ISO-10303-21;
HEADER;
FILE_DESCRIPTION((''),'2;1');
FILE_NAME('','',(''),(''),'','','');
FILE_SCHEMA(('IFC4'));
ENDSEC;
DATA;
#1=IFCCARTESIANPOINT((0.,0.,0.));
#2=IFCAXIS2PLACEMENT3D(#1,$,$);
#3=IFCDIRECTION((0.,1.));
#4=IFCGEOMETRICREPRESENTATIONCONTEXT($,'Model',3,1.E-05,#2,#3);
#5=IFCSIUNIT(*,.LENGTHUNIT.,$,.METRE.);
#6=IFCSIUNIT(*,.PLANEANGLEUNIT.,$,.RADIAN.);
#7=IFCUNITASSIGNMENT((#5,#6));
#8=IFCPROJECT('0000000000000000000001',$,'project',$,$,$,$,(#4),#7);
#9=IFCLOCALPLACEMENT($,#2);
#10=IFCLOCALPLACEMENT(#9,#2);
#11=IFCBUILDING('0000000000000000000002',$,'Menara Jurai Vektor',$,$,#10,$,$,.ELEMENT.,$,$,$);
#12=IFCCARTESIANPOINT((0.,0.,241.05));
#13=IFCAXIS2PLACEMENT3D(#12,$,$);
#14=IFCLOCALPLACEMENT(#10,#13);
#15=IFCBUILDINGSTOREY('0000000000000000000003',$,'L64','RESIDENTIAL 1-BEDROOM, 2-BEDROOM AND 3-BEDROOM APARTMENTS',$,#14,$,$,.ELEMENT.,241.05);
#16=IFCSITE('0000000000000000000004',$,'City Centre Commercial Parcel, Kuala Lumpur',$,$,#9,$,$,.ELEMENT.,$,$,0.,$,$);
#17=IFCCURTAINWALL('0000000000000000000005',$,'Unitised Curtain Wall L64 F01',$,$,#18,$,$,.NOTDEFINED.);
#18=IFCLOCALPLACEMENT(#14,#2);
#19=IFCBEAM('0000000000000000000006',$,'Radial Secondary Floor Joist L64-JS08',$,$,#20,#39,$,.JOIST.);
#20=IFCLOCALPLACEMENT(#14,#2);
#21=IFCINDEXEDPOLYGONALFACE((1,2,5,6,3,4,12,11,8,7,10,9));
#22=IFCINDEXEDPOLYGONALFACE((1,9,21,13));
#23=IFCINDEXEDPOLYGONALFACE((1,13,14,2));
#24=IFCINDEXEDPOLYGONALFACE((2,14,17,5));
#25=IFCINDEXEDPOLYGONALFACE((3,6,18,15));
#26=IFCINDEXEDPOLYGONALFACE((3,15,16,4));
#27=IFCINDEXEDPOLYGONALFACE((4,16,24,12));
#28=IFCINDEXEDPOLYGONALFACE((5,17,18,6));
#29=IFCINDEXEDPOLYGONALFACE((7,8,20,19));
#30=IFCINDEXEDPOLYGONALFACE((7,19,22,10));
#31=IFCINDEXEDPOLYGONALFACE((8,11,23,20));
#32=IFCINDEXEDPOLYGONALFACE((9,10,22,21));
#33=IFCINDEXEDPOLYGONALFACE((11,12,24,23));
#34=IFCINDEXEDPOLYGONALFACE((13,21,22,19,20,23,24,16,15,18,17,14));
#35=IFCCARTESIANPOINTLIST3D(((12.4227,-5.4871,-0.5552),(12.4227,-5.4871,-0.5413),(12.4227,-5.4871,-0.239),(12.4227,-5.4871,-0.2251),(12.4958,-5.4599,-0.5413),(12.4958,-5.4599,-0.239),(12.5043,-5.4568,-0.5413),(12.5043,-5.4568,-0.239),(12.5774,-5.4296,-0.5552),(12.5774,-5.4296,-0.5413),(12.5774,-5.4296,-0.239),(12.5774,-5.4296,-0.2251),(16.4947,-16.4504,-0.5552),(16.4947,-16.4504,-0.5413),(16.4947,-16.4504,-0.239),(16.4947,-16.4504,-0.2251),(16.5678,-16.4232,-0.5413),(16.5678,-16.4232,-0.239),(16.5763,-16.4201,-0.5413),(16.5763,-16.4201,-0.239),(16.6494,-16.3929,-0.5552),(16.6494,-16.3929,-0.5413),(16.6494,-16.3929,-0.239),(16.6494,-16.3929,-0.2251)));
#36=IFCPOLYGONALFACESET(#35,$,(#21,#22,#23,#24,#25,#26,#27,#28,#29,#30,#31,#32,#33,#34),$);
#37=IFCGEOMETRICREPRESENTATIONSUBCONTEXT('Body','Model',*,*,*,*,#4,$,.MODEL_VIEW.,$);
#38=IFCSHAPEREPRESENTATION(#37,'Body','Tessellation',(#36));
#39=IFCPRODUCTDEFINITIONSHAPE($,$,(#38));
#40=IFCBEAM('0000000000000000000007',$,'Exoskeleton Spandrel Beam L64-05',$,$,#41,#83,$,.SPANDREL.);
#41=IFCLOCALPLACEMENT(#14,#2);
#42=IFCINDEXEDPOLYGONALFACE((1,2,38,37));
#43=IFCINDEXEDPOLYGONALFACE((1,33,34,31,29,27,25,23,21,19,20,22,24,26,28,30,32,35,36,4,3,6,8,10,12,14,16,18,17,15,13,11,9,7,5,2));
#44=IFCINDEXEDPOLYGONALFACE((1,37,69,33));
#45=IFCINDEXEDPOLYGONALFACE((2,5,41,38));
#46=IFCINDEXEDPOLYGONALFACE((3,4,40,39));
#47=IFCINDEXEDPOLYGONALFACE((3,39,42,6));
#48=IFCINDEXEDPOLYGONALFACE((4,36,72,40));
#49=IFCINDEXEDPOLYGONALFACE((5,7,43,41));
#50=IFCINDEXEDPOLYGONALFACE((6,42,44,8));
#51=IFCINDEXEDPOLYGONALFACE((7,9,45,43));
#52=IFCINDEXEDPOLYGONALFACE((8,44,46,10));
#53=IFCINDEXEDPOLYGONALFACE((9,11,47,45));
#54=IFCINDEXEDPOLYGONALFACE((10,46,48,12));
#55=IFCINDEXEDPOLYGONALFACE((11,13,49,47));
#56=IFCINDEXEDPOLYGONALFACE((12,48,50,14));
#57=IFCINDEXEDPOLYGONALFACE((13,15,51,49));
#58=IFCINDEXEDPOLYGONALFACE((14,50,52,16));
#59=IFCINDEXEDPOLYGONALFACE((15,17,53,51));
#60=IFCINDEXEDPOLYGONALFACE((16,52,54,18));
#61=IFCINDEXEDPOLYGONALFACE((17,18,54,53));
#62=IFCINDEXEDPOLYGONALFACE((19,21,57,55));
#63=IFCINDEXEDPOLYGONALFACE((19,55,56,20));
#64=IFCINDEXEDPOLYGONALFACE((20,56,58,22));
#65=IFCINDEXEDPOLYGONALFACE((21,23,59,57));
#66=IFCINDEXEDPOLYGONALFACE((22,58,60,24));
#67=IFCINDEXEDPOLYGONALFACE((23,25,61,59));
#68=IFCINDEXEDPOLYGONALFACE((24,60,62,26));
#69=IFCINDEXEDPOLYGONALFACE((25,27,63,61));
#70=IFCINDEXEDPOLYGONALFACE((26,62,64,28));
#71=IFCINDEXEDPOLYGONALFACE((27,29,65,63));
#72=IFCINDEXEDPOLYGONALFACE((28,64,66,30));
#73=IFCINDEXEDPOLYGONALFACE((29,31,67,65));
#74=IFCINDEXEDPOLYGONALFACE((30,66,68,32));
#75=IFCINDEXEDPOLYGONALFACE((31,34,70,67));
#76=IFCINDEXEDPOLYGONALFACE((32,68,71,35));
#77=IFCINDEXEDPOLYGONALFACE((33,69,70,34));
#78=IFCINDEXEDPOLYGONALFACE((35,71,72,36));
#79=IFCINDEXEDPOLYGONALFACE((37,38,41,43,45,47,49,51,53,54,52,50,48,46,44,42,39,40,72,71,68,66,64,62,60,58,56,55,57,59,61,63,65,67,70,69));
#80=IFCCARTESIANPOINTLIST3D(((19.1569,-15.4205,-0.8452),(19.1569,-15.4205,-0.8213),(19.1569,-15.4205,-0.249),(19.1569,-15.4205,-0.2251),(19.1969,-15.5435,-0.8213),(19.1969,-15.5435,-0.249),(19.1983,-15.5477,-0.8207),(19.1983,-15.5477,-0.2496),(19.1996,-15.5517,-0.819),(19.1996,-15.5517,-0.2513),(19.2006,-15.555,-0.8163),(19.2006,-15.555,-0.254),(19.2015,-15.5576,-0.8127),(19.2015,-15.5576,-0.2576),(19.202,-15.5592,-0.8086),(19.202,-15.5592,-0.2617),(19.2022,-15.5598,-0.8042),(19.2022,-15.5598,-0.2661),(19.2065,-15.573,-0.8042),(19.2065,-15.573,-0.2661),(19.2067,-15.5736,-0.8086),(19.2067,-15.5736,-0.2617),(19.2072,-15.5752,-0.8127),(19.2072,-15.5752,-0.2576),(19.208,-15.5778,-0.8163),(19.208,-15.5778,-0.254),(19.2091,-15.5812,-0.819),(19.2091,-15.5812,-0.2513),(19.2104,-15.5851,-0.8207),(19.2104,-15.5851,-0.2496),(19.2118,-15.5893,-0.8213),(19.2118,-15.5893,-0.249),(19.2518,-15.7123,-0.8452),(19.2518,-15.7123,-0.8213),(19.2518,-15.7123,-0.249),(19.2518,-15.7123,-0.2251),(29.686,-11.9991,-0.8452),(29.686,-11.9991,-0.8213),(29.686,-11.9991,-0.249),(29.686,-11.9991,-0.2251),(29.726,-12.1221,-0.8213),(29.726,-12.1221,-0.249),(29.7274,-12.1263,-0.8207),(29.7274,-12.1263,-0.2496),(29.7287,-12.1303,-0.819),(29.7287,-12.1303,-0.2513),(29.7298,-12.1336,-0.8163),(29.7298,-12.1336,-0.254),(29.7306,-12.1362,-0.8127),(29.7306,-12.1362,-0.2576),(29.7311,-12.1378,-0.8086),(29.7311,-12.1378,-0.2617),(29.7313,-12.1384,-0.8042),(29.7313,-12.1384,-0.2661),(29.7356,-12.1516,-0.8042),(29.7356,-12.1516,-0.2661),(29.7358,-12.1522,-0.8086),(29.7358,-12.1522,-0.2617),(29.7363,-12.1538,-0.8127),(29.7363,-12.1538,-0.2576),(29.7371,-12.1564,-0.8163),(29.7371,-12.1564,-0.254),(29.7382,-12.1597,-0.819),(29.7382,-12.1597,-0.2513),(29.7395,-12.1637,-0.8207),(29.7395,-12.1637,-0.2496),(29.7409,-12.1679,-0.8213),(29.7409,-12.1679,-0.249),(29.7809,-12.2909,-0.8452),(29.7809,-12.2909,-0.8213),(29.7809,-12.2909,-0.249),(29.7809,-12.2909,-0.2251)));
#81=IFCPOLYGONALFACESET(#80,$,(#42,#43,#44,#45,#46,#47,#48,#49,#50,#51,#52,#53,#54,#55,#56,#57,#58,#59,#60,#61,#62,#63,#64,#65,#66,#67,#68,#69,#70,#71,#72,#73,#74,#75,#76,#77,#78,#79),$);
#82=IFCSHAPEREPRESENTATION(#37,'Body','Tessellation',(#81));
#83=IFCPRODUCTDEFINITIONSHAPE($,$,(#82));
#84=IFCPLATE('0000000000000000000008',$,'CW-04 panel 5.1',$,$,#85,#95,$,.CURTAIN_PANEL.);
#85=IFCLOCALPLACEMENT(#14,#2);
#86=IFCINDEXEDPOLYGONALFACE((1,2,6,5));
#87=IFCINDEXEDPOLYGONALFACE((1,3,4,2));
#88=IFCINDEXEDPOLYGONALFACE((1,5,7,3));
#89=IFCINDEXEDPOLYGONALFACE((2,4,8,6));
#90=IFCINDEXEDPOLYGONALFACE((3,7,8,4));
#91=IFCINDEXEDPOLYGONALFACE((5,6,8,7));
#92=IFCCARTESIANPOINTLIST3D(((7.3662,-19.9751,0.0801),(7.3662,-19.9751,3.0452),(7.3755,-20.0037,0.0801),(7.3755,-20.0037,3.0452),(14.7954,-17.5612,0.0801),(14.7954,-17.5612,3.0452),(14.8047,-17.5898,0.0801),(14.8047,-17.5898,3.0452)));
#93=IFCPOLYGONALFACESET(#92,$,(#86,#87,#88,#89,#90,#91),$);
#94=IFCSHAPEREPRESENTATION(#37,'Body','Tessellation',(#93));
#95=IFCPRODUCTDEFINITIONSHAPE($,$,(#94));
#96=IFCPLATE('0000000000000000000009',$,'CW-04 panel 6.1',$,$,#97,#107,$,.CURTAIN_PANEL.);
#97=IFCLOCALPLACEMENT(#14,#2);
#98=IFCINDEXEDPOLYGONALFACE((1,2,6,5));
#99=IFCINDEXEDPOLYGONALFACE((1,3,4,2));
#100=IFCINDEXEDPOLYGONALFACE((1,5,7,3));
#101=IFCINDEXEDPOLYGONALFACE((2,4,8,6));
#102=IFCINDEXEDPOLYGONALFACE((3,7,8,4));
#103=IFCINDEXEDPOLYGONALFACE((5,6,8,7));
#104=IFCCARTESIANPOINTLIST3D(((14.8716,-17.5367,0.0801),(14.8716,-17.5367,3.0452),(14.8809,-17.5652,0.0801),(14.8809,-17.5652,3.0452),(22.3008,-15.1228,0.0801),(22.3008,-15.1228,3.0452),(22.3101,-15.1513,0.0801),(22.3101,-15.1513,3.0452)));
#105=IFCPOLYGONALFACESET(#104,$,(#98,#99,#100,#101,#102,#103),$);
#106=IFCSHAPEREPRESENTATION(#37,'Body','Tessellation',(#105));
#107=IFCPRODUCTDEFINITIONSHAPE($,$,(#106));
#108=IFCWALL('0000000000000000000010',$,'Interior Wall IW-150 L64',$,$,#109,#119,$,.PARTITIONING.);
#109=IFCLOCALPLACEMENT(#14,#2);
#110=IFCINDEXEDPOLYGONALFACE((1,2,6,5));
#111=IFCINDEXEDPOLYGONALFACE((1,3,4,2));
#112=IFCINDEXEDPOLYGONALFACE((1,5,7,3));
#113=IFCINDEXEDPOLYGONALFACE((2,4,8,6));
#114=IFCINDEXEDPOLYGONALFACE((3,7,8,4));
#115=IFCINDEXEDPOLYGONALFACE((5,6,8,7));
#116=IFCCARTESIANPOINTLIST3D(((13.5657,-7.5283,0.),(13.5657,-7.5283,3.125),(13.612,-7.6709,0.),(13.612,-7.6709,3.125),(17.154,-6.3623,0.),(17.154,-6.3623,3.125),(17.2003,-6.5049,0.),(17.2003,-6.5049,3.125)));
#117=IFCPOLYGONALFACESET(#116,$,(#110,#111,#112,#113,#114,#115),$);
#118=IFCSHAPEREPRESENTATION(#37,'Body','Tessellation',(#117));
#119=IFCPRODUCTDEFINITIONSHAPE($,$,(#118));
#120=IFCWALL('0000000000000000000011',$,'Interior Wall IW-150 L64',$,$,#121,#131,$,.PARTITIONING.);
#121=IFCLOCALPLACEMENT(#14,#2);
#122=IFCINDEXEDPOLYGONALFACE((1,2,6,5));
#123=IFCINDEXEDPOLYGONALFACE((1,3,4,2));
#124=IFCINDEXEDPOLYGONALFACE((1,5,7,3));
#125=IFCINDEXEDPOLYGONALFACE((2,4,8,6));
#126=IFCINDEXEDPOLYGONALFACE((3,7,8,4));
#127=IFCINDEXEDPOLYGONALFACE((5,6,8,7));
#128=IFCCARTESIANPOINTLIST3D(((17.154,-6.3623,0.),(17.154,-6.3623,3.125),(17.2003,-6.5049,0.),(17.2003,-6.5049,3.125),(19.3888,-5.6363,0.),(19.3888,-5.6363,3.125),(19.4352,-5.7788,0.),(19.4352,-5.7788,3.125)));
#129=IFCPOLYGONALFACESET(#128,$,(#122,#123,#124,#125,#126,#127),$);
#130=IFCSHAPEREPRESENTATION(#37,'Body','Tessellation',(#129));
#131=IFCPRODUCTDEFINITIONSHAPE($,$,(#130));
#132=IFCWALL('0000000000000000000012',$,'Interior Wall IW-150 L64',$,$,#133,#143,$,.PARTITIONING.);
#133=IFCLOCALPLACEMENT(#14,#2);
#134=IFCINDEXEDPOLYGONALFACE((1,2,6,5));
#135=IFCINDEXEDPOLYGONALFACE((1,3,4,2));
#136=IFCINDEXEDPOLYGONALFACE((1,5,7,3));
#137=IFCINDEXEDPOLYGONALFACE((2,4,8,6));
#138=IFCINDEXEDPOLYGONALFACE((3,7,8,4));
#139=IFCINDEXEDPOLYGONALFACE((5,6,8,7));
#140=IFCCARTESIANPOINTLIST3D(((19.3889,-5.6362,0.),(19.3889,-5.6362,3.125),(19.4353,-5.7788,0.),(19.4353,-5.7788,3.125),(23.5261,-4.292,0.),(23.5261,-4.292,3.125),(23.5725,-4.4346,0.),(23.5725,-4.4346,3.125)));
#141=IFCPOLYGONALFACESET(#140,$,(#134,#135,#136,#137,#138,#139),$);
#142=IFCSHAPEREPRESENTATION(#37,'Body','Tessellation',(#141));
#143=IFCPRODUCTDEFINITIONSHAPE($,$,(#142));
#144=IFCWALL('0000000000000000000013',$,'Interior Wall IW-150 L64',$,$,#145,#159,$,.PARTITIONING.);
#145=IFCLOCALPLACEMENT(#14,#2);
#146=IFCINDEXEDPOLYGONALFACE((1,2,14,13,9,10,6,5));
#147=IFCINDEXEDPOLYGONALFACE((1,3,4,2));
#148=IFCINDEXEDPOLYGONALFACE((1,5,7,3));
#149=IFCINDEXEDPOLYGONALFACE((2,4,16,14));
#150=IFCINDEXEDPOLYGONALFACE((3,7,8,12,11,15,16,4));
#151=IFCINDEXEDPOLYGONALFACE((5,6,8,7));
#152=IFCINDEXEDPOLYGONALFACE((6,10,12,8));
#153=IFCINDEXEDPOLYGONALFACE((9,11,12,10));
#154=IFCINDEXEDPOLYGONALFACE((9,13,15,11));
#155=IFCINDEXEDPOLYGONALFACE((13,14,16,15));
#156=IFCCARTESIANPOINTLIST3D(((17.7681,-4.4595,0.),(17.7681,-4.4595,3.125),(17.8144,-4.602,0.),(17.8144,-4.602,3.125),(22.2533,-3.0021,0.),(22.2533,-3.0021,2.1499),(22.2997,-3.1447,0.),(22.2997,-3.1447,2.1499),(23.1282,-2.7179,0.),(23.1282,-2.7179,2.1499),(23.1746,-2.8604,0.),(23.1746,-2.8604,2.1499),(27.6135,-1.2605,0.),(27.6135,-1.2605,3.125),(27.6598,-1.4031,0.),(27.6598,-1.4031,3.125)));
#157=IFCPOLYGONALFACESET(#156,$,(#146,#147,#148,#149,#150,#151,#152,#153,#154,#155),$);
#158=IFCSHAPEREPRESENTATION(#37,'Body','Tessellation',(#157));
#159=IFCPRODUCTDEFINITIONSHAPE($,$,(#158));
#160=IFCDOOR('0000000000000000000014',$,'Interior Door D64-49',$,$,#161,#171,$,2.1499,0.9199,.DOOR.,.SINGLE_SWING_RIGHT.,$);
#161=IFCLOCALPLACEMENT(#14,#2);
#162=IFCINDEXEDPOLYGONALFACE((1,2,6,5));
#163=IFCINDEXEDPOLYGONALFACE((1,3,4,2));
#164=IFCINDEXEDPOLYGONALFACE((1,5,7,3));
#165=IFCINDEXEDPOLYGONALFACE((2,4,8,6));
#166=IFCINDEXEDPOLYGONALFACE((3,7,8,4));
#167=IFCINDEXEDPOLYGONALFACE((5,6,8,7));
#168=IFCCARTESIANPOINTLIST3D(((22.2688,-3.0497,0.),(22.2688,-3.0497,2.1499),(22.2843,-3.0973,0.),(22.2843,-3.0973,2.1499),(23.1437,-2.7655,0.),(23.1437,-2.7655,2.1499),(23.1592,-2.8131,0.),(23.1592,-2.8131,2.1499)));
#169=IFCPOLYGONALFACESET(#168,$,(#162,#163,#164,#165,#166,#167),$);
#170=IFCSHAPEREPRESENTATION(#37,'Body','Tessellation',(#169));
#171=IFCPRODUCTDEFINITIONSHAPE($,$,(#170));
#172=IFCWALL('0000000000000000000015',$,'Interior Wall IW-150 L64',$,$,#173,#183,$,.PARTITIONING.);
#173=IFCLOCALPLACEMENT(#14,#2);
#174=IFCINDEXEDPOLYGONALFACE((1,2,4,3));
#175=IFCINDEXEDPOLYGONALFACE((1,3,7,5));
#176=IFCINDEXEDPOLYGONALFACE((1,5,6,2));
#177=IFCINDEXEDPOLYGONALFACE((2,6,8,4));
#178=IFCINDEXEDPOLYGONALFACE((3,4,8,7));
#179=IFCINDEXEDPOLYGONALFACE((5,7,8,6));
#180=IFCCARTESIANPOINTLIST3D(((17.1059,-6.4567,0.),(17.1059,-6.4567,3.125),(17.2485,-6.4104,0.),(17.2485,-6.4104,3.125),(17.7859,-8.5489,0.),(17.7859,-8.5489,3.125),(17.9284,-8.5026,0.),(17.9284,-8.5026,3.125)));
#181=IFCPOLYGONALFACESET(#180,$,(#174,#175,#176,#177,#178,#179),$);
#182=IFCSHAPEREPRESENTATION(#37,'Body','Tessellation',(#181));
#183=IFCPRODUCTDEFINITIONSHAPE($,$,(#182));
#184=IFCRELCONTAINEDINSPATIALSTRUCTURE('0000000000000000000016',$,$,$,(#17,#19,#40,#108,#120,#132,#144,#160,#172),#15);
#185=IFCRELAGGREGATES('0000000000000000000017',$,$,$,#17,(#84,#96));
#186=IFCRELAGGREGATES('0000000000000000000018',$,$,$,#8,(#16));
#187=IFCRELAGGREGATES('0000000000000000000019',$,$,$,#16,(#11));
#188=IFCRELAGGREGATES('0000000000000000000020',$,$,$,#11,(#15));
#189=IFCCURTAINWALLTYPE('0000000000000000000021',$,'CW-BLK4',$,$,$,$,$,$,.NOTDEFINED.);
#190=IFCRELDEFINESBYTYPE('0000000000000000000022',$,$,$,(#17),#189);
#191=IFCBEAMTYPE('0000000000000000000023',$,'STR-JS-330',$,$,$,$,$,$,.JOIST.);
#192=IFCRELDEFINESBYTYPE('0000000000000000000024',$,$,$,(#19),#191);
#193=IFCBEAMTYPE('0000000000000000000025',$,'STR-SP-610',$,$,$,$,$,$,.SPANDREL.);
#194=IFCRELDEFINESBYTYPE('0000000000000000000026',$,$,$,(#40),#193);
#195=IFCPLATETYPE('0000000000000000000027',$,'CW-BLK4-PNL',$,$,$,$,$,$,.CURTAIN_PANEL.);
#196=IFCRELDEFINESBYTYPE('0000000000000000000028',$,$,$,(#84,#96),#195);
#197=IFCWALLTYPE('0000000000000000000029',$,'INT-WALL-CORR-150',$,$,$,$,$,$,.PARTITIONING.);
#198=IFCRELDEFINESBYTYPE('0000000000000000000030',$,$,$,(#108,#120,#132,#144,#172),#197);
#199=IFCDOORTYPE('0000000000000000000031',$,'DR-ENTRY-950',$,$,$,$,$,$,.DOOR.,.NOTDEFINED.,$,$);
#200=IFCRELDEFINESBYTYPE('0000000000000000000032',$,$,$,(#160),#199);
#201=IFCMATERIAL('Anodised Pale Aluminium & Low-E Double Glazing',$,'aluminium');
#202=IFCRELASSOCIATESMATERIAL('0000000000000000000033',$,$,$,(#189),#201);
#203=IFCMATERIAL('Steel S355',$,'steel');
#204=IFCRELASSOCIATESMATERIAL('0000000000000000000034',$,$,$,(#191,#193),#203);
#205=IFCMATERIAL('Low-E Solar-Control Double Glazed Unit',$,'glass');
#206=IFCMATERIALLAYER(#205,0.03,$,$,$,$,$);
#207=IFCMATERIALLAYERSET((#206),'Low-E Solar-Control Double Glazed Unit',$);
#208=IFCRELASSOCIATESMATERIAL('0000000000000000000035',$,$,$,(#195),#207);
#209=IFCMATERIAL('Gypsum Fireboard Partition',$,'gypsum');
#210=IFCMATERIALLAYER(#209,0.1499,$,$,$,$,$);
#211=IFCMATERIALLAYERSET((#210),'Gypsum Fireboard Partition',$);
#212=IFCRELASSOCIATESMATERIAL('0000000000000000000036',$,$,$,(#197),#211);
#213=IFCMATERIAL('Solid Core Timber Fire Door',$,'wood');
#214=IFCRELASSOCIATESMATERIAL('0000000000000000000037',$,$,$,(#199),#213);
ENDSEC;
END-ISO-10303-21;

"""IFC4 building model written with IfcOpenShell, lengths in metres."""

from ifc_helpers import new_model, si_unit, direction, frame, frame_2d, origin, origin_2d, place, context, subcontext, project, spatial, rectangle, i_section, extrude, material, layer, layer_set, material_profile, profile_set, type_object, element, fill, aggregate, save


model = new_model("IFC4")

# Units and contexts
model_context = context("Model", 3, precision=1e-05, world=origin(), true_north=direction((0.0, 1.0)))
body_context = subcontext(model_context, "Body", "Model", "MODEL_VIEW")
ifc_project = project(units=[si_unit("LENGTHUNIT", "METRE"), si_unit("PLANEANGLEUNIT", "RADIAN")], contexts=[model_context])

# Site, building, storey
site_placement = place(None, origin())
site = spatial("IfcSite", under=ifc_project, at=site_placement, Name="City Centre Commercial Parcel, Kuala Lumpur", CompositionType="ELEMENT", RefElevation=0.0)
building_placement = place(site_placement, origin())
building = spatial("IfcBuilding", under=site, at=building_placement, Name="Menara Jurai Vektor", CompositionType="ELEMENT")
storey_placement = place(building_placement, frame((0.0, 0.0, 241.05)))
storey = spatial("IfcBuildingStorey", under=building, at=storey_placement, Name="L64", Description="RESIDENTIAL 1-BEDROOM, 2-BEDROOM AND 3-BEDROOM APARTMENTS", CompositionType="ELEMENT", Elevation=241.05)

# Curtain wall
ifc_material_1 = material(Name="Anodised Pale Aluminium & Low-E Double Glazing", Category="aluminium")
curtain_wall_type = type_object("IfcCurtainWallType", Name="CW-BLK4", PredefinedType="NOTDEFINED", material=ifc_material_1)
curtain_wall_placement = place(storey_placement, origin())
curtain_wall = element("IfcCurtainWall", 1, at=curtain_wall_placement, inside=storey, type_object=curtain_wall_type, Name="Unitised Curtain Wall L64 F01", PredefinedType="NOTDEFINED")

# Beams
ifc_material_2 = material(Name="Steel S355", Category="steel")
ifc_material_profile_1 = material_profile(ifc_material_2, i_section(OverallWidth=0.165, OverallDepth=0.3301, WebThickness=0.009, FlangeThickness=0.0139, at=origin_2d()), Name="PG 330x165x46")
ifc_profile_set_1 = profile_set([ifc_material_profile_1], Name="Steel S355")
beam_type_1 = type_object("IfcBeamType", Name="STR-JS-330", PredefinedType="JOIST", material=ifc_profile_set_1)
beam_1_placement = place(storey_placement, frame((16.572, -16.4216, -0.3901), z_axis=(-0.34818, 0.937428, 0.0), x_axis=(-0.937428, -0.34818, 0.0)))
element("IfcBeam", 2, at=beam_1_placement, inside=storey, type_object=beam_type_1, Name="Radial Secondary Floor Joist L64-JS08", PredefinedType="JOIST", context=body_context, shape_type="SweptSolid", body=[
    extrude(i_section(OverallWidth=0.165, OverallDepth=0.3301, WebThickness=0.009, FlangeThickness=0.0139, at=origin_2d()), origin(), (0.0, 0.0, 1.0), 11.6951),
])
ifc_material_profile_2 = material_profile(ifc_material_2, i_section(OverallWidth=0.3069, OverallDepth=0.6201, WebThickness=0.0139, FlangeThickness=0.0239, FilletRadius=0.0171, at=origin_2d()), Name="UKB 610x305x179")
ifc_profile_set_2 = profile_set([ifc_material_profile_2], Name="Steel S355")
beam_type_2 = type_object("IfcBeamType", Name="STR-SP-610", PredefinedType="SPANDREL", material=ifc_profile_set_2)
beam_2_placement = place(storey_placement, frame((19.2043, -15.5664, -0.5352), z_axis=(0.951049, 0.309041, 0.0), x_axis=(-0.309041, 0.951049, 0.0)))
element("IfcBeam", 3, at=beam_2_placement, inside=storey, type_object=beam_type_2, Name="Exoskeleton Spandrel Beam L64-05", PredefinedType="SPANDREL", context=body_context, shape_type="SweptSolid", body=[
    extrude(i_section(OverallWidth=0.3069, OverallDepth=0.6201, WebThickness=0.0139, FlangeThickness=0.0239, FilletRadius=0.0171, at=origin_2d()), origin(), (0.0, 0.0, 1.0), 11.071),
])

# Plates
ifc_material_3 = material(Name="Low-E Solar-Control Double Glazed Unit", Category="glass")
ifc_layer_1 = layer(ifc_material_3, 0.03)
ifc_layer_set_1 = layer_set([ifc_layer_1], Name="Low-E Solar-Control Double Glazed Unit")
plate_type = type_object("IfcPlateType", Name="CW-BLK4-PNL", PredefinedType="CURTAIN_PANEL", material=ifc_layer_set_1)
plate_1_placement = place(storey_placement, frame((11.0854, -18.7825, 0.0801), z_axis=(0.0, 0.0, 1.0), x_axis=(0.951056, 0.309017, 0.0)))
plate_1 = element("IfcPlate", 4, at=plate_1_placement, type_object=plate_type, Name="CW-04 panel 5.1", PredefinedType="CURTAIN_PANEL", context=body_context, shape_type="SweptSolid", body=[
    extrude(rectangle(XDim=7.8115, YDim=0.03, at=origin_2d()), origin(), (0.0, 0.0, 1.0), 2.9651),
])
plate_2_placement = place(storey_placement, frame((18.5908, -16.344, 0.0801), z_axis=(0.0, 0.0, 1.0), x_axis=(0.951056, 0.309017, 0.0)))
plate_2 = element("IfcPlate", 5, at=plate_2_placement, type_object=plate_type, Name="CW-04 panel 6.1", PredefinedType="CURTAIN_PANEL", context=body_context, shape_type="SweptSolid", body=[
    extrude(rectangle(XDim=7.8115, YDim=0.03, at=origin_2d()), origin(), (0.0, 0.0, 1.0), 2.9651),
])
aggregate(curtain_wall, [plate_1, plate_2])

# Walls
ifc_material_4 = material(Name="Gypsum Fireboard Partition", Category="gypsum")
ifc_layer_2 = layer(ifc_material_4, 0.1499)
ifc_layer_set_2 = layer_set([ifc_layer_2], Name="Gypsum Fireboard Partition")
wall_type_1 = type_object("IfcWallType", Name="INT-WALL-CORR-150", PredefinedType="PARTITIONING", material=ifc_layer_set_2)
wall_1_placement = place(storey_placement, frame((13.5889, -7.5996, 0.0), z_axis=(0.0, 0.0, 1.0), x_axis=(0.95105, 0.309036, 0.0)))
element("IfcWall", 6, at=wall_1_placement, inside=storey, type_object=wall_type_1, Name="Interior Wall IW-150 L64", PredefinedType="PARTITIONING", context=body_context, shape_type="SweptSolid", body=[
    extrude(rectangle(XDim=3.7729, YDim=0.1499, at=frame_2d((1.8865, 0.0))), origin(), (0.0, 0.0, 1.0), 3.125),
])
wall_2_placement = place(storey_placement, frame((17.1772, -6.4336, 0.0), z_axis=(0.0, 0.0, 1.0), x_axis=(0.951066, 0.308987, 0.0)))
element("IfcWall", 7, at=wall_2_placement, inside=storey, type_object=wall_type_1, Name="Interior Wall IW-150 L64", PredefinedType="PARTITIONING", context=body_context, shape_type="SweptSolid", body=[
    extrude(rectangle(XDim=2.3499, YDim=0.1499, at=frame_2d((1.1748, 0.0))), origin(), (0.0, 0.0, 1.0), 3.125),
])
wall_3_placement = place(storey_placement, frame((19.4121, -5.7075, 0.0), z_axis=(0.0, 0.0, 1.0), x_axis=(0.951058, 0.309012, 0.0)))
element("IfcWall", 8, at=wall_3_placement, inside=storey, type_object=wall_type_1, Name="Interior Wall IW-150 L64", PredefinedType="PARTITIONING", context=body_context, shape_type="SweptSolid", body=[
    extrude(rectangle(XDim=4.3501, YDim=0.1499, at=frame_2d((2.175, 0.0))), origin(), (0.0, 0.0, 1.0), 3.125),
])

# Wall, opening, door
ifc_material_5 = material(Name="Solid Core Timber Fire Door", Category="wood")
door_type_1 = type_object("IfcDoorType", Name="DR-ENTRY-950", OperationType="NOTDEFINED", PredefinedType="DOOR", material=ifc_material_5)
wall_4_placement = place(storey_placement, frame((17.7913, -4.5308, 0.0), z_axis=(0.0, 0.0, 1.0), x_axis=(0.951057, 0.309016, 0.0)))
wall_4 = element("IfcWall", 9, at=wall_4_placement, inside=storey, type_object=wall_type_1, Name="Interior Wall IW-150 L64", PredefinedType="PARTITIONING", context=body_context, shape_type="SweptSolid", body=[
    extrude(rectangle(XDim=10.3521, YDim=0.1499, at=frame_2d((5.176, 0.0))), origin(), (0.0, 0.0, 1.0), 3.125),
])
opening_1_placement = place(wall_4_placement, frame((4.7161, 0.0, 0.0)))
opening_1 = element("IfcOpeningElement", 10, at=opening_1_placement, cuts=wall_4, PredefinedType="OPENING", context=body_context, shape_type="SweptSolid", body=[
    extrude(rectangle(XDim=0.9199, YDim=2.1499, at=frame_2d((0.46, 1.075))), frame((0.0, 0.085, 0.0), z_axis=(0.0, -1.0, 0.0), x_axis=(1.0, 0.0, 0.0)), (0.0, 0.0, 1.0), 0.1699),
])
door_1_placement = place(opening_1_placement, origin())
door_1 = element("IfcDoor", 11, at=door_1_placement, inside=storey, type_object=door_type_1, Name="Interior Door D64-49", OperationType="SINGLE_SWING_RIGHT", OverallHeight=2.1499, OverallWidth=0.9199, PredefinedType="DOOR", context=body_context, shape_type="SweptSolid", body=[
    extrude(rectangle(XDim=0.9199, YDim=2.1499, at=frame_2d((0.46, 1.075))), frame((0.0, 0.0249, 0.0), z_axis=(0.0, -1.0, 0.0), x_axis=(1.0, 0.0, 0.0)), (0.0, 0.0, 1.0), 0.05),
])
fill(opening_1, door_1)

# Wall
wall_5_placement = place(storey_placement, frame((17.8572, -8.5259, 0.0), z_axis=(0.0, 0.0, 1.0), x_axis=(-0.309061, 0.951042, 0.0)))
element("IfcWall", 12, at=wall_5_placement, inside=storey, type_object=wall_type_1, Name="Interior Wall IW-150 L64", PredefinedType="PARTITIONING", context=body_context, shape_type="SweptSolid", body=[
    extrude(rectangle(XDim=2.2, YDim=0.1499, at=frame_2d((1.1001, 0.0))), origin(), (0.0, 0.0, 1.0), 3.125),
])

save(model, "model.ifc")
